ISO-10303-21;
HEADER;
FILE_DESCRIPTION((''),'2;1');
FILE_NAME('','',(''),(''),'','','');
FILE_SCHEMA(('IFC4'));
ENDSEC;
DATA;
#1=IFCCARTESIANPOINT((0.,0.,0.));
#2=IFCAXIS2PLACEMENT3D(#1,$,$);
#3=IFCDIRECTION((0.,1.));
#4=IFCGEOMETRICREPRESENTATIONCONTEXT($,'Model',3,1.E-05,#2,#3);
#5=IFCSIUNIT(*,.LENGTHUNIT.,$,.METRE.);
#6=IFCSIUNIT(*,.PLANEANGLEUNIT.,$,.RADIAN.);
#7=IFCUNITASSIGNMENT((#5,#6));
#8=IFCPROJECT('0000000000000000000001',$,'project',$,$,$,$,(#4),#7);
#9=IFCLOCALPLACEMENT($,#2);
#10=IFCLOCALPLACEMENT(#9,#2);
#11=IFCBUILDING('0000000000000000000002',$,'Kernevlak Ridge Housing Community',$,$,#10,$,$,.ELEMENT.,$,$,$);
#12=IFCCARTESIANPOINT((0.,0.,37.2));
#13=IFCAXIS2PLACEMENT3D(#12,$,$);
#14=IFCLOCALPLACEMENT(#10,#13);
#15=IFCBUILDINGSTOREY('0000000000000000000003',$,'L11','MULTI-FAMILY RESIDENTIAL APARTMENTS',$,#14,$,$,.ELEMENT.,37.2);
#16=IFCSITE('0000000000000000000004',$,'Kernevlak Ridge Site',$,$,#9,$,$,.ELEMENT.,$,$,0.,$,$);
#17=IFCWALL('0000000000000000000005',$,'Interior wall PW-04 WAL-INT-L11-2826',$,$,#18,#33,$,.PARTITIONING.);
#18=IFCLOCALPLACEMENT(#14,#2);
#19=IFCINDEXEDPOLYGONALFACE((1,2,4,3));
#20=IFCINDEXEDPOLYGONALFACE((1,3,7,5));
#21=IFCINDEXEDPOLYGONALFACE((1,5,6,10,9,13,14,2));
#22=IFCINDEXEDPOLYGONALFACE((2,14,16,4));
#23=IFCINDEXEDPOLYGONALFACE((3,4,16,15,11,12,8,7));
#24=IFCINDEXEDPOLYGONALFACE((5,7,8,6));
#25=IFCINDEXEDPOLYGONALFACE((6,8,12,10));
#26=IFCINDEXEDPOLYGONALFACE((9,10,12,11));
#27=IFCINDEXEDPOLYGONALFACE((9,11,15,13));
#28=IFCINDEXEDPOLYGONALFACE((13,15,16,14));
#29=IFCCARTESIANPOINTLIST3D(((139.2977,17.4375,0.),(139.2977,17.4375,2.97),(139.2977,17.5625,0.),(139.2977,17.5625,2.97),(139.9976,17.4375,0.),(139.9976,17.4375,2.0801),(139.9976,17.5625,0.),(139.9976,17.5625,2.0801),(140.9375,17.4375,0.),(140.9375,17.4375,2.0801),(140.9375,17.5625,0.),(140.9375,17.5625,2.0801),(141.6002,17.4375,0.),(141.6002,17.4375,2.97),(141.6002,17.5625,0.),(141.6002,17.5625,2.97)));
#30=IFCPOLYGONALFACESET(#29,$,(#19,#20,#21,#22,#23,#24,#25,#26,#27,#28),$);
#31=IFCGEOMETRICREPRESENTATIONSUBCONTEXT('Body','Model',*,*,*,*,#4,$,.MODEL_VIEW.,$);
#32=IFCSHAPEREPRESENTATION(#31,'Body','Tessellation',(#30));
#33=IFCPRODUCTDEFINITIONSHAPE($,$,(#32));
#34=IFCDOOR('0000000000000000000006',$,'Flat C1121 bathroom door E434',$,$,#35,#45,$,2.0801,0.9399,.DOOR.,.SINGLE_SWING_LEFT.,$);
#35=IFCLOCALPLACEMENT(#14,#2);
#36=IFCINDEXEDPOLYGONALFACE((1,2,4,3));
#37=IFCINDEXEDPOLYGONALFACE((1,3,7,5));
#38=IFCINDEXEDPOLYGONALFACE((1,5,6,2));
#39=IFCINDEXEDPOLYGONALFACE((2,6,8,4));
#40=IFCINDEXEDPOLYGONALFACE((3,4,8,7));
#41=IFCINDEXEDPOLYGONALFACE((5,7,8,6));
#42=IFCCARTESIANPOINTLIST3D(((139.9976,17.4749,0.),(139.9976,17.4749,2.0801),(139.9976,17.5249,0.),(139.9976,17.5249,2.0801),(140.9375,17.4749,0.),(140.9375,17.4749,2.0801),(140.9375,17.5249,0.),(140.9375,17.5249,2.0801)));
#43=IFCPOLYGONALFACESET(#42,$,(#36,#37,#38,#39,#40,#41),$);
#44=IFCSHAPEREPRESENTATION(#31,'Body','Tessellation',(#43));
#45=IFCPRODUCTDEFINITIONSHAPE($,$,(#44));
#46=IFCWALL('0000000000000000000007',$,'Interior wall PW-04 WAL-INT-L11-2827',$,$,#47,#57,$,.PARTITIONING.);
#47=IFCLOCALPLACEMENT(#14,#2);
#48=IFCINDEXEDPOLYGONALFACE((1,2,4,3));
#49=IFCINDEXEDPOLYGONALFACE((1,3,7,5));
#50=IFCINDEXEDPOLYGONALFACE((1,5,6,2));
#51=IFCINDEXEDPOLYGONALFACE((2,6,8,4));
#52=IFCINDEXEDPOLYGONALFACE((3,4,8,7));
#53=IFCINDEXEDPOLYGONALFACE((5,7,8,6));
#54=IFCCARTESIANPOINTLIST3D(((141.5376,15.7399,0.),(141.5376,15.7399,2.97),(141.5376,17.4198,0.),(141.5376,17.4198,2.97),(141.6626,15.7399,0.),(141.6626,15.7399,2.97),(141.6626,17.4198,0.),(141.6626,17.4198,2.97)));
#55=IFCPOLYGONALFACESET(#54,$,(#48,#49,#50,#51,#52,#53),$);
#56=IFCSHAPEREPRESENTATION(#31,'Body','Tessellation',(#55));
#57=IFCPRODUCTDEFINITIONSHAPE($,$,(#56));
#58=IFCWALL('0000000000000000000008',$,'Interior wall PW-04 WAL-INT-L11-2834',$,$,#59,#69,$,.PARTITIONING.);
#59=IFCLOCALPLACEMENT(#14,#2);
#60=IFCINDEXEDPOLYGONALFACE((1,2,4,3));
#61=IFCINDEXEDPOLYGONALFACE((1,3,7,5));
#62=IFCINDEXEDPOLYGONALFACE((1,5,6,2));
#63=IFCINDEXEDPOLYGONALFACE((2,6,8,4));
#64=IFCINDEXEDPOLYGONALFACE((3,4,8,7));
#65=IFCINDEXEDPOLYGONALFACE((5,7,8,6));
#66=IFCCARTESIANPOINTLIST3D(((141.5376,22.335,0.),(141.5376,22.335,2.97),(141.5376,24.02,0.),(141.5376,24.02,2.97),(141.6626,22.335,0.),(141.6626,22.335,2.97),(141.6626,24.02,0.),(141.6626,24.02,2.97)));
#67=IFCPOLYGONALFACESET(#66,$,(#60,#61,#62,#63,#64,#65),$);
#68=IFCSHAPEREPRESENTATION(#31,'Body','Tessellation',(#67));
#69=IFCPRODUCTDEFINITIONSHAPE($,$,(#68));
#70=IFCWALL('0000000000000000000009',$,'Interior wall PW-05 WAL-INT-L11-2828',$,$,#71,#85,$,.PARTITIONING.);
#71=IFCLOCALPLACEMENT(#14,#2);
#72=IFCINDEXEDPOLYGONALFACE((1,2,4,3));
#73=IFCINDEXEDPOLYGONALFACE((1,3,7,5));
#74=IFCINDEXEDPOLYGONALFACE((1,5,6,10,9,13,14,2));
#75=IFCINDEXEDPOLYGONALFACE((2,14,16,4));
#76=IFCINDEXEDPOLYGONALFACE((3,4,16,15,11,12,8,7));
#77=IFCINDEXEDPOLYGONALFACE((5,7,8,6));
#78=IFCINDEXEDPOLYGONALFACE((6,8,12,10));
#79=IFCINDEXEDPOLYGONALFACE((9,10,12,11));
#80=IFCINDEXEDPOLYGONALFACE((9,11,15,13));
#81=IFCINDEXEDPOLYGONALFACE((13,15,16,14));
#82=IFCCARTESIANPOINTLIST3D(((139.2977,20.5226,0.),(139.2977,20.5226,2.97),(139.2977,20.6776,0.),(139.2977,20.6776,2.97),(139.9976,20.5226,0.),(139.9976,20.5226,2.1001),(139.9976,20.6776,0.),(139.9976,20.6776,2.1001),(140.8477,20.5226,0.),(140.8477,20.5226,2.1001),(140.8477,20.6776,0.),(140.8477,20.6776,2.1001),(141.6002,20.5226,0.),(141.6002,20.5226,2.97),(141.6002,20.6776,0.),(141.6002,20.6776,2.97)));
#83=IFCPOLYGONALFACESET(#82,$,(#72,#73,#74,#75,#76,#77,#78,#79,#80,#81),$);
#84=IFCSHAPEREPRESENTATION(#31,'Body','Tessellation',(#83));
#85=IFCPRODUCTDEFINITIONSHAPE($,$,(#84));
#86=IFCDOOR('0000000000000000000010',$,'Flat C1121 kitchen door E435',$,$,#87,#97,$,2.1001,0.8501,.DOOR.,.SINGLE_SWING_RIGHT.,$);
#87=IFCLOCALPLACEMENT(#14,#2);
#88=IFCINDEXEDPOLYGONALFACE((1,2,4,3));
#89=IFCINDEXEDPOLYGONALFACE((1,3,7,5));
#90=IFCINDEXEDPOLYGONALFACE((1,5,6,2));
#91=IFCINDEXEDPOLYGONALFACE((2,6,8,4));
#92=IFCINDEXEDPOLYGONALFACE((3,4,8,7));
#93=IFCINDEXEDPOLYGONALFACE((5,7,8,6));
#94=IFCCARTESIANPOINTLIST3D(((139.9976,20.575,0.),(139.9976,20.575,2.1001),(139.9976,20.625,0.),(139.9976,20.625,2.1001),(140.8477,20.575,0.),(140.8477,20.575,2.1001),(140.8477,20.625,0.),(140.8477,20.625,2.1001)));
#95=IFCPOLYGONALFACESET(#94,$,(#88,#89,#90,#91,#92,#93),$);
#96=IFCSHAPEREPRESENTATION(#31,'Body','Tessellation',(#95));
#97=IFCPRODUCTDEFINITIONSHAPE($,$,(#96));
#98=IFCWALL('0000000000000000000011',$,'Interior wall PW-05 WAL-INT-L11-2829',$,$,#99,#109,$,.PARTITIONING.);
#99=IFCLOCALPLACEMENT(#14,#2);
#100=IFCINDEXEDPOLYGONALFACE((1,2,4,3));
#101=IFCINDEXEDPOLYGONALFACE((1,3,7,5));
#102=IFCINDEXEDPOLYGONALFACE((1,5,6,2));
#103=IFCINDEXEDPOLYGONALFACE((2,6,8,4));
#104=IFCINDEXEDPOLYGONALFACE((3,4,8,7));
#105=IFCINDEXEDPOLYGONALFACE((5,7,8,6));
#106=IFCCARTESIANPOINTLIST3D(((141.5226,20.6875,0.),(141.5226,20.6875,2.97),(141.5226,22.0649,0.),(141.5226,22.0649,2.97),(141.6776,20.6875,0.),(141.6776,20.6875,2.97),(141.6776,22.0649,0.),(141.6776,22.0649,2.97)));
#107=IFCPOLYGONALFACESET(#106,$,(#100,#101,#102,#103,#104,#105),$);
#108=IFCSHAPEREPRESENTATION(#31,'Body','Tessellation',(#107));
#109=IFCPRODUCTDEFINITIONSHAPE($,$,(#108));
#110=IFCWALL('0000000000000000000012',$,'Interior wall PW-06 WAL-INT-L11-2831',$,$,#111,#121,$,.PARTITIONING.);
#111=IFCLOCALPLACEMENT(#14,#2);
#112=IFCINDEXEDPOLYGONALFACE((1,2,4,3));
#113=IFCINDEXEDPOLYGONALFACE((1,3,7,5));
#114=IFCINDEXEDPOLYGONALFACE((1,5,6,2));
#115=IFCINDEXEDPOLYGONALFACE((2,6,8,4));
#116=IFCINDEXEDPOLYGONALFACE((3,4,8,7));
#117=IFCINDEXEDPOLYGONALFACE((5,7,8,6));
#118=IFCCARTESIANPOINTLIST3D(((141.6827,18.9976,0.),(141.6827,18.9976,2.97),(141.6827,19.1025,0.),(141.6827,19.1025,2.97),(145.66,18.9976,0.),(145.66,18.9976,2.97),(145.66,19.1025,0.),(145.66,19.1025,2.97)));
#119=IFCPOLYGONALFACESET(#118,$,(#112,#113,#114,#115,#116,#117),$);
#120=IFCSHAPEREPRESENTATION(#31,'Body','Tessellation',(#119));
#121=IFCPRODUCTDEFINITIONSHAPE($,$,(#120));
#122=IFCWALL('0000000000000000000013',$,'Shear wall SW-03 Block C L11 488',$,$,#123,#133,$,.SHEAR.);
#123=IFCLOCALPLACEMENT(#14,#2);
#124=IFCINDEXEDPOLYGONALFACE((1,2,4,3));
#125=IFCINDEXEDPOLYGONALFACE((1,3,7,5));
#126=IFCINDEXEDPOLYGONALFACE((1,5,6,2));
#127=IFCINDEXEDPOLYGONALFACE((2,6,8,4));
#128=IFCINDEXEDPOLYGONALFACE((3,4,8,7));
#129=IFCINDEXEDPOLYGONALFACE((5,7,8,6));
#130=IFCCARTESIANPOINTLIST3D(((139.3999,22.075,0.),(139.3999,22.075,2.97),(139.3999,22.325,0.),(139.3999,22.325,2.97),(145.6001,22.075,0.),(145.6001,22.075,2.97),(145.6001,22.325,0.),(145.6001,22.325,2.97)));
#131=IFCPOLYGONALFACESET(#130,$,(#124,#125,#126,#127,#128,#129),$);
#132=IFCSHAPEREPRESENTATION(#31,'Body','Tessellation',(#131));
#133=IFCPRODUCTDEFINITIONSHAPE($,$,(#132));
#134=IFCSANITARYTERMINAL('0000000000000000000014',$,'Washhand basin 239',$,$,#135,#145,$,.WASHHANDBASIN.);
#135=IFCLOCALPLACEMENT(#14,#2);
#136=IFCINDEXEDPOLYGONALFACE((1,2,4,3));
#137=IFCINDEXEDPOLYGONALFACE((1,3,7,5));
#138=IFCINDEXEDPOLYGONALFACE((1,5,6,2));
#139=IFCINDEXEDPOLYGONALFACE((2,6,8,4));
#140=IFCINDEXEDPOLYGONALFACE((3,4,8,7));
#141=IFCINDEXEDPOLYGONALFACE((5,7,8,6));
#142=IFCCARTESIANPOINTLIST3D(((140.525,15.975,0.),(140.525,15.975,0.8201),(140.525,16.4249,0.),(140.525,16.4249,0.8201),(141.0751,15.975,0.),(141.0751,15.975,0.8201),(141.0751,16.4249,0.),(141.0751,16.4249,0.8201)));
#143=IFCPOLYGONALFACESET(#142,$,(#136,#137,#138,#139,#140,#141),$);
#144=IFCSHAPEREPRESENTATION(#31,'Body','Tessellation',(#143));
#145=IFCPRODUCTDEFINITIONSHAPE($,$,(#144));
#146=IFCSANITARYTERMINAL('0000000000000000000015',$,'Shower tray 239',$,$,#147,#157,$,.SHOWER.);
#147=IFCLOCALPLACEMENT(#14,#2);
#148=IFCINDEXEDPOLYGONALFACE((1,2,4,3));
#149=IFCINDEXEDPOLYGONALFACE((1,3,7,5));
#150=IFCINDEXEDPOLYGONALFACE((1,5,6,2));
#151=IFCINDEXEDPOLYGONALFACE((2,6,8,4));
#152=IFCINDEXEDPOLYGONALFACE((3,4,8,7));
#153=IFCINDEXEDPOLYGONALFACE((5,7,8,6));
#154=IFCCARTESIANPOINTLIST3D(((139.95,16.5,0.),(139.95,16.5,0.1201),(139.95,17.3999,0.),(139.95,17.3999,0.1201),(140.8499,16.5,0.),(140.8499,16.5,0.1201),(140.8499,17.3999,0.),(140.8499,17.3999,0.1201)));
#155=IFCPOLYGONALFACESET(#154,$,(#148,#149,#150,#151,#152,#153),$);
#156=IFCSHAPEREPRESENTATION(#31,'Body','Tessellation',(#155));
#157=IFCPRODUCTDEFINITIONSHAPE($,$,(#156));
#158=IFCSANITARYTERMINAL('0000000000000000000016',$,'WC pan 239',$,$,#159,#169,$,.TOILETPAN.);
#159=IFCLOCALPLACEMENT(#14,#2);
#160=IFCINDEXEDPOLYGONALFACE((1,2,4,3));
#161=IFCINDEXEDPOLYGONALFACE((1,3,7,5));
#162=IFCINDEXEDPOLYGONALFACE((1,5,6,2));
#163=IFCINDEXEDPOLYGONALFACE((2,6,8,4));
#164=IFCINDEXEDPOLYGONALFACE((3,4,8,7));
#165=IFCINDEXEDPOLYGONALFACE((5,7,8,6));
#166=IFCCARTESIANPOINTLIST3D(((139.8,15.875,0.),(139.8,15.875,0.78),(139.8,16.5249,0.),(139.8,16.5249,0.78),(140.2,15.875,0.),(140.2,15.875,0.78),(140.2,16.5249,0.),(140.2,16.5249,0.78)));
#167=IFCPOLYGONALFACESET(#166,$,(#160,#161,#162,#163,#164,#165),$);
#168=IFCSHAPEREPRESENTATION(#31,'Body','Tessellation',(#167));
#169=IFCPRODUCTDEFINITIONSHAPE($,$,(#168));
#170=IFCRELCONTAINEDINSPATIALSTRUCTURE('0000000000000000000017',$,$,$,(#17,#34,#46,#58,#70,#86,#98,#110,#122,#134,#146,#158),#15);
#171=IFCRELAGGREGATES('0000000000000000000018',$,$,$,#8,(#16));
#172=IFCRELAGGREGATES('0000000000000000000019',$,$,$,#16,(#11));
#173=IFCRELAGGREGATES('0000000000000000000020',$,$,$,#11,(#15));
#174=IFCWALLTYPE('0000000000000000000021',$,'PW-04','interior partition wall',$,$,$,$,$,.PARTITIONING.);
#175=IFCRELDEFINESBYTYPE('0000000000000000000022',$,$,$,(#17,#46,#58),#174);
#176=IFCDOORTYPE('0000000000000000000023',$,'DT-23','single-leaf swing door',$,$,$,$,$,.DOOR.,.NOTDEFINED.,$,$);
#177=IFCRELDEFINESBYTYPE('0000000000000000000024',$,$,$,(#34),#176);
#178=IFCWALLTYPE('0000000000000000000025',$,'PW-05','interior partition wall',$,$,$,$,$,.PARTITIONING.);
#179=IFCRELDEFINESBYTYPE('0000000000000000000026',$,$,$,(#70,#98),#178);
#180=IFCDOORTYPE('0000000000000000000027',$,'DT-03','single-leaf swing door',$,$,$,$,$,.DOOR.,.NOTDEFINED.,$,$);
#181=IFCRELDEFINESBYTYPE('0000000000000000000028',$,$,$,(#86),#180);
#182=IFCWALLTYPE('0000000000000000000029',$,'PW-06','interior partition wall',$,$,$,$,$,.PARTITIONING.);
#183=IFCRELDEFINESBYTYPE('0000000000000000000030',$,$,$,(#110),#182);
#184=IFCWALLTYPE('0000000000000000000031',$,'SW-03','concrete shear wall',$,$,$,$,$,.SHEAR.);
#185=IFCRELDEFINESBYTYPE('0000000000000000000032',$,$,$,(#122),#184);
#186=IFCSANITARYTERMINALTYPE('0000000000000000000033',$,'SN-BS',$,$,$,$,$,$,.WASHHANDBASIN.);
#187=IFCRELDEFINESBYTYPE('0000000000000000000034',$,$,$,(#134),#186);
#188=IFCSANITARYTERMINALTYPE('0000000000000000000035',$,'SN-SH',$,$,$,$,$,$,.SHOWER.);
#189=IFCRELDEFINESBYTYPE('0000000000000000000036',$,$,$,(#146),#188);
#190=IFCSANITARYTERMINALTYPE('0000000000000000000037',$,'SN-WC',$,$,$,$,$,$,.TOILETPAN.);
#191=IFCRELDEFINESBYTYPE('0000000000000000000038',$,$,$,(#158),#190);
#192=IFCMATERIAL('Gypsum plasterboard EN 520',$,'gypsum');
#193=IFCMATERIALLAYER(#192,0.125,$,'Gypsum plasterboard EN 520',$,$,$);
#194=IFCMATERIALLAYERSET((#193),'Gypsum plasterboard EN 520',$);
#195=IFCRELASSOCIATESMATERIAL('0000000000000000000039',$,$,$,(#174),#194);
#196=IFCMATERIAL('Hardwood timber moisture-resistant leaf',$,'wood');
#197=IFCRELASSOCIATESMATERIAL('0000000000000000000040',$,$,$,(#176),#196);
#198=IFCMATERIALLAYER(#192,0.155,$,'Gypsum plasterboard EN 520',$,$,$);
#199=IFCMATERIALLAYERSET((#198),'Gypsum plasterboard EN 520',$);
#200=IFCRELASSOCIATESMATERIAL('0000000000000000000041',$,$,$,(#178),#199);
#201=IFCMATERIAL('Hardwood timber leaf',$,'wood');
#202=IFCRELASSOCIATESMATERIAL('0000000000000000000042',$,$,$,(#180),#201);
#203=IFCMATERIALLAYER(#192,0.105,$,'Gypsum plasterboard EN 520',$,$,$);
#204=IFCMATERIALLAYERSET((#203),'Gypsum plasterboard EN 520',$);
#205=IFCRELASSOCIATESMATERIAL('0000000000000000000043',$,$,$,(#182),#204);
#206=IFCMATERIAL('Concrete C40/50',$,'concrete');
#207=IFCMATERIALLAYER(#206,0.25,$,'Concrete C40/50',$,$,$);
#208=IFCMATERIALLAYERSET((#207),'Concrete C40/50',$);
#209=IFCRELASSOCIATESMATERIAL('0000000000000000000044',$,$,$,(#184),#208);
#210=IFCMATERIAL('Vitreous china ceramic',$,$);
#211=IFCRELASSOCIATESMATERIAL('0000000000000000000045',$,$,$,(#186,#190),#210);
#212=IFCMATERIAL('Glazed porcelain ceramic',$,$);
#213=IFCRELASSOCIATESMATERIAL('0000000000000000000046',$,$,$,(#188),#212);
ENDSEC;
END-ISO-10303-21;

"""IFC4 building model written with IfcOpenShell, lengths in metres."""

from ifc_helpers import new_model, si_unit, direction, frame, frame_2d, origin, origin_2d, place, context, subcontext, project, spatial, rectangle, extrude, material, layer, layer_set, type_object, element, fill, save


model = new_model("IFC4")

# Units and contexts
model_context = context("Model", 3, precision=1e-05, world=origin(), true_north=direction((0.0, 1.0)))
body_context = subcontext(model_context, "Body", "Model", "MODEL_VIEW")
ifc_project = project(units=[si_unit("LENGTHUNIT", "METRE"), si_unit("PLANEANGLEUNIT", "RADIAN")], contexts=[model_context])

# Site, building, storey
site_placement = place(None, origin())
site = spatial("IfcSite", under=ifc_project, at=site_placement, Name="Kernevlak Ridge Site", CompositionType="ELEMENT", RefElevation=0.0)
building_placement = place(site_placement, origin())
building = spatial("IfcBuilding", under=site, at=building_placement, Name="Kernevlak Ridge Housing Community", CompositionType="ELEMENT")
storey_placement = place(building_placement, frame((0.0, 0.0, 37.2)))
storey = spatial("IfcBuildingStorey", under=building, at=storey_placement, Name="L11", Description="MULTI-FAMILY RESIDENTIAL APARTMENTS", CompositionType="ELEMENT", Elevation=37.2)

# Wall, opening, door
ifc_material_1 = material(Name="Hardwood timber leaf", Category="wood")
ifc_material_2 = material(Name="Gypsum plasterboard EN 520", Category="gypsum")
ifc_layer_1 = layer(ifc_material_2, 0.125, Name="Gypsum plasterboard EN 520")
ifc_layer_set_1 = layer_set([ifc_layer_1], Name="Gypsum plasterboard EN 520")
wall_type_1 = type_object("IfcWallType", Name="PW-04", Description="interior partition wall", PredefinedType="PARTITIONING", material=ifc_layer_set_1)
wall_1_placement = place(storey_placement, frame((139.2976, 17.5, 0.0), z_axis=(0.0, 0.0, 1.0), x_axis=(1.0, 0.0, 0.0)))
wall_1 = element("IfcWall", 1, at=wall_1_placement, inside=storey, type_object=wall_type_1, Name="Interior wall PW-04 WAL-INT-L11-2826", PredefinedType="PARTITIONING", context=body_context, shape_type="SweptSolid", body=[
    extrude(rectangle(XDim=2.3025, YDim=0.125, at=frame_2d((1.1514, 0.0))), origin(), (0.0, 0.0, 1.0), 2.97),
])
opening_1_placement = place(wall_1_placement, frame((0.7, 0.0, 0.0)))
opening_1 = element("IfcOpeningElement", 2, at=opening_1_placement, cuts=wall_1, PredefinedType="OPENING", context=body_context, shape_type="SweptSolid", body=[
    extrude(rectangle(XDim=0.9399, YDim=2.0801, at=frame_2d((0.47, 1.04))), frame((0.0, 0.0725, 0.0), z_axis=(0.0, -1.0, 0.0), x_axis=(1.0, 0.0, 0.0)), (0.0, 0.0, 1.0), 0.145),
])
ifc_material_3 = material(Name="Hardwood timber moisture-resistant leaf", Category="wood")
door_type_1 = type_object("IfcDoorType", Name="DT-23", Description="single-leaf swing door", OperationType="NOTDEFINED", PredefinedType="DOOR", material=ifc_material_3)
door_1_placement = place(opening_1_placement, origin())
door_1 = element("IfcDoor", 3, at=door_1_placement, inside=storey, type_object=door_type_1, Name="Flat C1121 bathroom door E434", OperationType="SINGLE_SWING_LEFT", OverallHeight=2.0801, OverallWidth=0.9399, PredefinedType="DOOR", context=body_context, shape_type="SweptSolid", body=[
    extrude(rectangle(XDim=0.9399, YDim=2.0801, at=frame_2d((0.47, 1.04))), frame((0.0, 0.0249, 0.0), z_axis=(0.0, -1.0, 0.0), x_axis=(1.0, 0.0, 0.0)), (0.0, 0.0, 1.0), 0.05),
])
fill(opening_1, door_1)

# Walls
wall_2_placement = place(storey_placement, frame((141.6001, 15.74, 0.0), z_axis=(0.0, 0.0, 1.0), x_axis=(0.0, 1.0, 0.0)))
element("IfcWall", 4, at=wall_2_placement, inside=storey, type_object=wall_type_1, Name="Interior wall PW-04 WAL-INT-L11-2827", PredefinedType="PARTITIONING", context=body_context, shape_type="SweptSolid", body=[
    extrude(rectangle(XDim=1.6799, YDim=0.125, at=frame_2d((0.8398, 0.0))), origin(), (0.0, 0.0, 1.0), 2.97),
])
wall_3_placement = place(storey_placement, frame((141.6001, 22.335, 0.0), z_axis=(0.0, 0.0, 1.0), x_axis=(0.0, 1.0, 0.0)))
element("IfcWall", 5, at=wall_3_placement, inside=storey, type_object=wall_type_1, Name="Interior wall PW-04 WAL-INT-L11-2834", PredefinedType="PARTITIONING", context=body_context, shape_type="SweptSolid", body=[
    extrude(rectangle(XDim=1.6851, YDim=0.125, at=frame_2d((0.8425, 0.0))), origin(), (0.0, 0.0, 1.0), 2.97),
])

# Wall, opening, door
ifc_layer_2 = layer(ifc_material_2, 0.155, Name="Gypsum plasterboard EN 520")
ifc_layer_set_2 = layer_set([ifc_layer_2], Name="Gypsum plasterboard EN 520")
wall_type_2 = type_object("IfcWallType", Name="PW-05", Description="interior partition wall", PredefinedType="PARTITIONING", material=ifc_layer_set_2)
wall_4_placement = place(storey_placement, frame((139.2976, 20.6001, 0.0), z_axis=(0.0, 0.0, 1.0), x_axis=(1.0, 0.0, 0.0)))
wall_4 = element("IfcWall", 6, at=wall_4_placement, inside=storey, type_object=wall_type_2, Name="Interior wall PW-05 WAL-INT-L11-2828", PredefinedType="PARTITIONING", context=body_context, shape_type="SweptSolid", body=[
    extrude(rectangle(XDim=2.3025, YDim=0.155, at=frame_2d((1.1514, 0.0))), origin(), (0.0, 0.0, 1.0), 2.97),
])
opening_2_placement = place(wall_4_placement, frame((0.7, 0.0, 0.0)))
opening_2 = element("IfcOpeningElement", 7, at=opening_2_placement, cuts=wall_4, PredefinedType="OPENING", context=body_context, shape_type="SweptSolid", body=[
    extrude(rectangle(XDim=0.8501, YDim=2.1001, at=frame_2d((0.425, 1.05))), frame((0.0, 0.0874, 0.0), z_axis=(0.0, -1.0, 0.0), x_axis=(1.0, 0.0, 0.0)), (0.0, 0.0, 1.0), 0.175),
])
door_type_2 = type_object("IfcDoorType", Name="DT-03", Description="single-leaf swing door", OperationType="NOTDEFINED", PredefinedType="DOOR", material=ifc_material_1)
door_2_placement = place(opening_2_placement, origin())
door_2 = element("IfcDoor", 8, at=door_2_placement, inside=storey, type_object=door_type_2, Name="Flat C1121 kitchen door E435", OperationType="SINGLE_SWING_RIGHT", OverallHeight=2.1001, OverallWidth=0.8501, PredefinedType="DOOR", context=body_context, shape_type="SweptSolid", body=[
    extrude(rectangle(XDim=0.8501, YDim=2.1001, at=frame_2d((0.425, 1.05))), frame((0.0, 0.0249, 0.0), z_axis=(0.0, -1.0, 0.0), x_axis=(1.0, 0.0, 0.0)), (0.0, 0.0, 1.0), 0.05),
])
fill(opening_2, door_2)

# Walls
wall_5_placement = place(storey_placement, frame((141.6001, 20.6875, 0.0), z_axis=(0.0, 0.0, 1.0), x_axis=(0.0, 1.0, 0.0)))
element("IfcWall", 9, at=wall_5_placement, inside=storey, type_object=wall_type_2, Name="Interior wall PW-05 WAL-INT-L11-2829", PredefinedType="PARTITIONING", context=body_context, shape_type="SweptSolid", body=[
    extrude(rectangle(XDim=1.3774, YDim=0.155, at=frame_2d((0.6887, 0.0))), origin(), (0.0, 0.0, 1.0), 2.97),
])
ifc_layer_3 = layer(ifc_material_2, 0.105, Name="Gypsum plasterboard EN 520")
ifc_layer_set_3 = layer_set([ifc_layer_3], Name="Gypsum plasterboard EN 520")
wall_type_3 = type_object("IfcWallType", Name="PW-06", Description="interior partition wall", PredefinedType="PARTITIONING", material=ifc_layer_set_3)
wall_6_placement = place(storey_placement, frame((141.6826, 19.05, 0.0), z_axis=(0.0, 0.0, 1.0), x_axis=(1.0, 0.0, 0.0)))
element("IfcWall", 10, at=wall_6_placement, inside=storey, type_object=wall_type_3, Name="Interior wall PW-06 WAL-INT-L11-2831", PredefinedType="PARTITIONING", context=body_context, shape_type="SweptSolid", body=[
    extrude(rectangle(XDim=3.9773, YDim=0.105, at=frame_2d((1.9888, 0.0))), origin(), (0.0, 0.0, 1.0), 2.97),
])
ifc_material_4 = material(Name="Concrete C40/50", Category="concrete")
ifc_layer_4 = layer(ifc_material_4, 0.25, Name="Concrete C40/50")
ifc_layer_set_4 = layer_set([ifc_layer_4], Name="Concrete C40/50")
wall_type_4 = type_object("IfcWallType", Name="SW-03", Description="concrete shear wall", PredefinedType="SHEAR", material=ifc_layer_set_4)
wall_7_placement = place(storey_placement, frame((139.3999, 22.2, 0.0), z_axis=(0.0, 0.0, 1.0), x_axis=(1.0, 0.0, 0.0)))
element("IfcWall", 11, at=wall_7_placement, inside=storey, type_object=wall_type_4, Name="Shear wall SW-03 Block C L11 488", PredefinedType="SHEAR", context=body_context, shape_type="SweptSolid", body=[
    extrude(rectangle(XDim=6.2002, YDim=0.25, at=frame_2d((3.1001, 0.0))), origin(), (0.0, 0.0, 1.0), 2.97),
])

# Sanitary terminals
ifc_material_5 = material(Name="Vitreous china ceramic")
sanitary_terminal_type_1 = type_object("IfcSanitaryTerminalType", Name="SN-BS", PredefinedType="WASHHANDBASIN", material=ifc_material_5)
sanitary_terminal_1_placement = place(storey_placement, frame((140.8, 16.2, 0.0), z_axis=(0.0, 0.0, 1.0), x_axis=(1.0, 0.0, 0.0)))
element("IfcSanitaryTerminal", 12, at=sanitary_terminal_1_placement, inside=storey, type_object=sanitary_terminal_type_1, Name="Washhand basin 239", PredefinedType="WASHHANDBASIN", context=body_context, shape_type="SweptSolid", body=[
    extrude(rectangle(XDim=0.55, YDim=0.45, at=origin_2d()), origin(), (0.0, 0.0, 1.0), 0.8201),
])
ifc_material_6 = material(Name="Glazed porcelain ceramic")
sanitary_terminal_type_2 = type_object("IfcSanitaryTerminalType", Name="SN-SH", PredefinedType="SHOWER", material=ifc_material_6)
sanitary_terminal_2_placement = place(storey_placement, frame((140.3999, 16.95, 0.0), z_axis=(0.0, 0.0, 1.0), x_axis=(1.0, 0.0, 0.0)))
element("IfcSanitaryTerminal", 13, at=sanitary_terminal_2_placement, inside=storey, type_object=sanitary_terminal_type_2, Name="Shower tray 239", PredefinedType="SHOWER", context=body_context, shape_type="SweptSolid", body=[
    extrude(rectangle(XDim=0.8999, YDim=0.8999, at=origin_2d()), origin(), (0.0, 0.0, 1.0), 0.1201),
])
sanitary_terminal_type_3 = type_object("IfcSanitaryTerminalType", Name="SN-WC", PredefinedType="TOILETPAN", material=ifc_material_5)
sanitary_terminal_3_placement = place(storey_placement, frame((140.0, 16.2, 0.0), z_axis=(0.0, 0.0, 1.0), x_axis=(1.0, 0.0, 0.0)))
element("IfcSanitaryTerminal", 14, at=sanitary_terminal_3_placement, inside=storey, type_object=sanitary_terminal_type_3, Name="WC pan 239", PredefinedType="TOILETPAN", context=body_context, shape_type="SweptSolid", body=[
    extrude(rectangle(XDim=0.3999, YDim=0.6499, at=origin_2d()), origin(), (0.0, 0.0, 1.0), 0.78),
])

save(model, "model.ifc")
